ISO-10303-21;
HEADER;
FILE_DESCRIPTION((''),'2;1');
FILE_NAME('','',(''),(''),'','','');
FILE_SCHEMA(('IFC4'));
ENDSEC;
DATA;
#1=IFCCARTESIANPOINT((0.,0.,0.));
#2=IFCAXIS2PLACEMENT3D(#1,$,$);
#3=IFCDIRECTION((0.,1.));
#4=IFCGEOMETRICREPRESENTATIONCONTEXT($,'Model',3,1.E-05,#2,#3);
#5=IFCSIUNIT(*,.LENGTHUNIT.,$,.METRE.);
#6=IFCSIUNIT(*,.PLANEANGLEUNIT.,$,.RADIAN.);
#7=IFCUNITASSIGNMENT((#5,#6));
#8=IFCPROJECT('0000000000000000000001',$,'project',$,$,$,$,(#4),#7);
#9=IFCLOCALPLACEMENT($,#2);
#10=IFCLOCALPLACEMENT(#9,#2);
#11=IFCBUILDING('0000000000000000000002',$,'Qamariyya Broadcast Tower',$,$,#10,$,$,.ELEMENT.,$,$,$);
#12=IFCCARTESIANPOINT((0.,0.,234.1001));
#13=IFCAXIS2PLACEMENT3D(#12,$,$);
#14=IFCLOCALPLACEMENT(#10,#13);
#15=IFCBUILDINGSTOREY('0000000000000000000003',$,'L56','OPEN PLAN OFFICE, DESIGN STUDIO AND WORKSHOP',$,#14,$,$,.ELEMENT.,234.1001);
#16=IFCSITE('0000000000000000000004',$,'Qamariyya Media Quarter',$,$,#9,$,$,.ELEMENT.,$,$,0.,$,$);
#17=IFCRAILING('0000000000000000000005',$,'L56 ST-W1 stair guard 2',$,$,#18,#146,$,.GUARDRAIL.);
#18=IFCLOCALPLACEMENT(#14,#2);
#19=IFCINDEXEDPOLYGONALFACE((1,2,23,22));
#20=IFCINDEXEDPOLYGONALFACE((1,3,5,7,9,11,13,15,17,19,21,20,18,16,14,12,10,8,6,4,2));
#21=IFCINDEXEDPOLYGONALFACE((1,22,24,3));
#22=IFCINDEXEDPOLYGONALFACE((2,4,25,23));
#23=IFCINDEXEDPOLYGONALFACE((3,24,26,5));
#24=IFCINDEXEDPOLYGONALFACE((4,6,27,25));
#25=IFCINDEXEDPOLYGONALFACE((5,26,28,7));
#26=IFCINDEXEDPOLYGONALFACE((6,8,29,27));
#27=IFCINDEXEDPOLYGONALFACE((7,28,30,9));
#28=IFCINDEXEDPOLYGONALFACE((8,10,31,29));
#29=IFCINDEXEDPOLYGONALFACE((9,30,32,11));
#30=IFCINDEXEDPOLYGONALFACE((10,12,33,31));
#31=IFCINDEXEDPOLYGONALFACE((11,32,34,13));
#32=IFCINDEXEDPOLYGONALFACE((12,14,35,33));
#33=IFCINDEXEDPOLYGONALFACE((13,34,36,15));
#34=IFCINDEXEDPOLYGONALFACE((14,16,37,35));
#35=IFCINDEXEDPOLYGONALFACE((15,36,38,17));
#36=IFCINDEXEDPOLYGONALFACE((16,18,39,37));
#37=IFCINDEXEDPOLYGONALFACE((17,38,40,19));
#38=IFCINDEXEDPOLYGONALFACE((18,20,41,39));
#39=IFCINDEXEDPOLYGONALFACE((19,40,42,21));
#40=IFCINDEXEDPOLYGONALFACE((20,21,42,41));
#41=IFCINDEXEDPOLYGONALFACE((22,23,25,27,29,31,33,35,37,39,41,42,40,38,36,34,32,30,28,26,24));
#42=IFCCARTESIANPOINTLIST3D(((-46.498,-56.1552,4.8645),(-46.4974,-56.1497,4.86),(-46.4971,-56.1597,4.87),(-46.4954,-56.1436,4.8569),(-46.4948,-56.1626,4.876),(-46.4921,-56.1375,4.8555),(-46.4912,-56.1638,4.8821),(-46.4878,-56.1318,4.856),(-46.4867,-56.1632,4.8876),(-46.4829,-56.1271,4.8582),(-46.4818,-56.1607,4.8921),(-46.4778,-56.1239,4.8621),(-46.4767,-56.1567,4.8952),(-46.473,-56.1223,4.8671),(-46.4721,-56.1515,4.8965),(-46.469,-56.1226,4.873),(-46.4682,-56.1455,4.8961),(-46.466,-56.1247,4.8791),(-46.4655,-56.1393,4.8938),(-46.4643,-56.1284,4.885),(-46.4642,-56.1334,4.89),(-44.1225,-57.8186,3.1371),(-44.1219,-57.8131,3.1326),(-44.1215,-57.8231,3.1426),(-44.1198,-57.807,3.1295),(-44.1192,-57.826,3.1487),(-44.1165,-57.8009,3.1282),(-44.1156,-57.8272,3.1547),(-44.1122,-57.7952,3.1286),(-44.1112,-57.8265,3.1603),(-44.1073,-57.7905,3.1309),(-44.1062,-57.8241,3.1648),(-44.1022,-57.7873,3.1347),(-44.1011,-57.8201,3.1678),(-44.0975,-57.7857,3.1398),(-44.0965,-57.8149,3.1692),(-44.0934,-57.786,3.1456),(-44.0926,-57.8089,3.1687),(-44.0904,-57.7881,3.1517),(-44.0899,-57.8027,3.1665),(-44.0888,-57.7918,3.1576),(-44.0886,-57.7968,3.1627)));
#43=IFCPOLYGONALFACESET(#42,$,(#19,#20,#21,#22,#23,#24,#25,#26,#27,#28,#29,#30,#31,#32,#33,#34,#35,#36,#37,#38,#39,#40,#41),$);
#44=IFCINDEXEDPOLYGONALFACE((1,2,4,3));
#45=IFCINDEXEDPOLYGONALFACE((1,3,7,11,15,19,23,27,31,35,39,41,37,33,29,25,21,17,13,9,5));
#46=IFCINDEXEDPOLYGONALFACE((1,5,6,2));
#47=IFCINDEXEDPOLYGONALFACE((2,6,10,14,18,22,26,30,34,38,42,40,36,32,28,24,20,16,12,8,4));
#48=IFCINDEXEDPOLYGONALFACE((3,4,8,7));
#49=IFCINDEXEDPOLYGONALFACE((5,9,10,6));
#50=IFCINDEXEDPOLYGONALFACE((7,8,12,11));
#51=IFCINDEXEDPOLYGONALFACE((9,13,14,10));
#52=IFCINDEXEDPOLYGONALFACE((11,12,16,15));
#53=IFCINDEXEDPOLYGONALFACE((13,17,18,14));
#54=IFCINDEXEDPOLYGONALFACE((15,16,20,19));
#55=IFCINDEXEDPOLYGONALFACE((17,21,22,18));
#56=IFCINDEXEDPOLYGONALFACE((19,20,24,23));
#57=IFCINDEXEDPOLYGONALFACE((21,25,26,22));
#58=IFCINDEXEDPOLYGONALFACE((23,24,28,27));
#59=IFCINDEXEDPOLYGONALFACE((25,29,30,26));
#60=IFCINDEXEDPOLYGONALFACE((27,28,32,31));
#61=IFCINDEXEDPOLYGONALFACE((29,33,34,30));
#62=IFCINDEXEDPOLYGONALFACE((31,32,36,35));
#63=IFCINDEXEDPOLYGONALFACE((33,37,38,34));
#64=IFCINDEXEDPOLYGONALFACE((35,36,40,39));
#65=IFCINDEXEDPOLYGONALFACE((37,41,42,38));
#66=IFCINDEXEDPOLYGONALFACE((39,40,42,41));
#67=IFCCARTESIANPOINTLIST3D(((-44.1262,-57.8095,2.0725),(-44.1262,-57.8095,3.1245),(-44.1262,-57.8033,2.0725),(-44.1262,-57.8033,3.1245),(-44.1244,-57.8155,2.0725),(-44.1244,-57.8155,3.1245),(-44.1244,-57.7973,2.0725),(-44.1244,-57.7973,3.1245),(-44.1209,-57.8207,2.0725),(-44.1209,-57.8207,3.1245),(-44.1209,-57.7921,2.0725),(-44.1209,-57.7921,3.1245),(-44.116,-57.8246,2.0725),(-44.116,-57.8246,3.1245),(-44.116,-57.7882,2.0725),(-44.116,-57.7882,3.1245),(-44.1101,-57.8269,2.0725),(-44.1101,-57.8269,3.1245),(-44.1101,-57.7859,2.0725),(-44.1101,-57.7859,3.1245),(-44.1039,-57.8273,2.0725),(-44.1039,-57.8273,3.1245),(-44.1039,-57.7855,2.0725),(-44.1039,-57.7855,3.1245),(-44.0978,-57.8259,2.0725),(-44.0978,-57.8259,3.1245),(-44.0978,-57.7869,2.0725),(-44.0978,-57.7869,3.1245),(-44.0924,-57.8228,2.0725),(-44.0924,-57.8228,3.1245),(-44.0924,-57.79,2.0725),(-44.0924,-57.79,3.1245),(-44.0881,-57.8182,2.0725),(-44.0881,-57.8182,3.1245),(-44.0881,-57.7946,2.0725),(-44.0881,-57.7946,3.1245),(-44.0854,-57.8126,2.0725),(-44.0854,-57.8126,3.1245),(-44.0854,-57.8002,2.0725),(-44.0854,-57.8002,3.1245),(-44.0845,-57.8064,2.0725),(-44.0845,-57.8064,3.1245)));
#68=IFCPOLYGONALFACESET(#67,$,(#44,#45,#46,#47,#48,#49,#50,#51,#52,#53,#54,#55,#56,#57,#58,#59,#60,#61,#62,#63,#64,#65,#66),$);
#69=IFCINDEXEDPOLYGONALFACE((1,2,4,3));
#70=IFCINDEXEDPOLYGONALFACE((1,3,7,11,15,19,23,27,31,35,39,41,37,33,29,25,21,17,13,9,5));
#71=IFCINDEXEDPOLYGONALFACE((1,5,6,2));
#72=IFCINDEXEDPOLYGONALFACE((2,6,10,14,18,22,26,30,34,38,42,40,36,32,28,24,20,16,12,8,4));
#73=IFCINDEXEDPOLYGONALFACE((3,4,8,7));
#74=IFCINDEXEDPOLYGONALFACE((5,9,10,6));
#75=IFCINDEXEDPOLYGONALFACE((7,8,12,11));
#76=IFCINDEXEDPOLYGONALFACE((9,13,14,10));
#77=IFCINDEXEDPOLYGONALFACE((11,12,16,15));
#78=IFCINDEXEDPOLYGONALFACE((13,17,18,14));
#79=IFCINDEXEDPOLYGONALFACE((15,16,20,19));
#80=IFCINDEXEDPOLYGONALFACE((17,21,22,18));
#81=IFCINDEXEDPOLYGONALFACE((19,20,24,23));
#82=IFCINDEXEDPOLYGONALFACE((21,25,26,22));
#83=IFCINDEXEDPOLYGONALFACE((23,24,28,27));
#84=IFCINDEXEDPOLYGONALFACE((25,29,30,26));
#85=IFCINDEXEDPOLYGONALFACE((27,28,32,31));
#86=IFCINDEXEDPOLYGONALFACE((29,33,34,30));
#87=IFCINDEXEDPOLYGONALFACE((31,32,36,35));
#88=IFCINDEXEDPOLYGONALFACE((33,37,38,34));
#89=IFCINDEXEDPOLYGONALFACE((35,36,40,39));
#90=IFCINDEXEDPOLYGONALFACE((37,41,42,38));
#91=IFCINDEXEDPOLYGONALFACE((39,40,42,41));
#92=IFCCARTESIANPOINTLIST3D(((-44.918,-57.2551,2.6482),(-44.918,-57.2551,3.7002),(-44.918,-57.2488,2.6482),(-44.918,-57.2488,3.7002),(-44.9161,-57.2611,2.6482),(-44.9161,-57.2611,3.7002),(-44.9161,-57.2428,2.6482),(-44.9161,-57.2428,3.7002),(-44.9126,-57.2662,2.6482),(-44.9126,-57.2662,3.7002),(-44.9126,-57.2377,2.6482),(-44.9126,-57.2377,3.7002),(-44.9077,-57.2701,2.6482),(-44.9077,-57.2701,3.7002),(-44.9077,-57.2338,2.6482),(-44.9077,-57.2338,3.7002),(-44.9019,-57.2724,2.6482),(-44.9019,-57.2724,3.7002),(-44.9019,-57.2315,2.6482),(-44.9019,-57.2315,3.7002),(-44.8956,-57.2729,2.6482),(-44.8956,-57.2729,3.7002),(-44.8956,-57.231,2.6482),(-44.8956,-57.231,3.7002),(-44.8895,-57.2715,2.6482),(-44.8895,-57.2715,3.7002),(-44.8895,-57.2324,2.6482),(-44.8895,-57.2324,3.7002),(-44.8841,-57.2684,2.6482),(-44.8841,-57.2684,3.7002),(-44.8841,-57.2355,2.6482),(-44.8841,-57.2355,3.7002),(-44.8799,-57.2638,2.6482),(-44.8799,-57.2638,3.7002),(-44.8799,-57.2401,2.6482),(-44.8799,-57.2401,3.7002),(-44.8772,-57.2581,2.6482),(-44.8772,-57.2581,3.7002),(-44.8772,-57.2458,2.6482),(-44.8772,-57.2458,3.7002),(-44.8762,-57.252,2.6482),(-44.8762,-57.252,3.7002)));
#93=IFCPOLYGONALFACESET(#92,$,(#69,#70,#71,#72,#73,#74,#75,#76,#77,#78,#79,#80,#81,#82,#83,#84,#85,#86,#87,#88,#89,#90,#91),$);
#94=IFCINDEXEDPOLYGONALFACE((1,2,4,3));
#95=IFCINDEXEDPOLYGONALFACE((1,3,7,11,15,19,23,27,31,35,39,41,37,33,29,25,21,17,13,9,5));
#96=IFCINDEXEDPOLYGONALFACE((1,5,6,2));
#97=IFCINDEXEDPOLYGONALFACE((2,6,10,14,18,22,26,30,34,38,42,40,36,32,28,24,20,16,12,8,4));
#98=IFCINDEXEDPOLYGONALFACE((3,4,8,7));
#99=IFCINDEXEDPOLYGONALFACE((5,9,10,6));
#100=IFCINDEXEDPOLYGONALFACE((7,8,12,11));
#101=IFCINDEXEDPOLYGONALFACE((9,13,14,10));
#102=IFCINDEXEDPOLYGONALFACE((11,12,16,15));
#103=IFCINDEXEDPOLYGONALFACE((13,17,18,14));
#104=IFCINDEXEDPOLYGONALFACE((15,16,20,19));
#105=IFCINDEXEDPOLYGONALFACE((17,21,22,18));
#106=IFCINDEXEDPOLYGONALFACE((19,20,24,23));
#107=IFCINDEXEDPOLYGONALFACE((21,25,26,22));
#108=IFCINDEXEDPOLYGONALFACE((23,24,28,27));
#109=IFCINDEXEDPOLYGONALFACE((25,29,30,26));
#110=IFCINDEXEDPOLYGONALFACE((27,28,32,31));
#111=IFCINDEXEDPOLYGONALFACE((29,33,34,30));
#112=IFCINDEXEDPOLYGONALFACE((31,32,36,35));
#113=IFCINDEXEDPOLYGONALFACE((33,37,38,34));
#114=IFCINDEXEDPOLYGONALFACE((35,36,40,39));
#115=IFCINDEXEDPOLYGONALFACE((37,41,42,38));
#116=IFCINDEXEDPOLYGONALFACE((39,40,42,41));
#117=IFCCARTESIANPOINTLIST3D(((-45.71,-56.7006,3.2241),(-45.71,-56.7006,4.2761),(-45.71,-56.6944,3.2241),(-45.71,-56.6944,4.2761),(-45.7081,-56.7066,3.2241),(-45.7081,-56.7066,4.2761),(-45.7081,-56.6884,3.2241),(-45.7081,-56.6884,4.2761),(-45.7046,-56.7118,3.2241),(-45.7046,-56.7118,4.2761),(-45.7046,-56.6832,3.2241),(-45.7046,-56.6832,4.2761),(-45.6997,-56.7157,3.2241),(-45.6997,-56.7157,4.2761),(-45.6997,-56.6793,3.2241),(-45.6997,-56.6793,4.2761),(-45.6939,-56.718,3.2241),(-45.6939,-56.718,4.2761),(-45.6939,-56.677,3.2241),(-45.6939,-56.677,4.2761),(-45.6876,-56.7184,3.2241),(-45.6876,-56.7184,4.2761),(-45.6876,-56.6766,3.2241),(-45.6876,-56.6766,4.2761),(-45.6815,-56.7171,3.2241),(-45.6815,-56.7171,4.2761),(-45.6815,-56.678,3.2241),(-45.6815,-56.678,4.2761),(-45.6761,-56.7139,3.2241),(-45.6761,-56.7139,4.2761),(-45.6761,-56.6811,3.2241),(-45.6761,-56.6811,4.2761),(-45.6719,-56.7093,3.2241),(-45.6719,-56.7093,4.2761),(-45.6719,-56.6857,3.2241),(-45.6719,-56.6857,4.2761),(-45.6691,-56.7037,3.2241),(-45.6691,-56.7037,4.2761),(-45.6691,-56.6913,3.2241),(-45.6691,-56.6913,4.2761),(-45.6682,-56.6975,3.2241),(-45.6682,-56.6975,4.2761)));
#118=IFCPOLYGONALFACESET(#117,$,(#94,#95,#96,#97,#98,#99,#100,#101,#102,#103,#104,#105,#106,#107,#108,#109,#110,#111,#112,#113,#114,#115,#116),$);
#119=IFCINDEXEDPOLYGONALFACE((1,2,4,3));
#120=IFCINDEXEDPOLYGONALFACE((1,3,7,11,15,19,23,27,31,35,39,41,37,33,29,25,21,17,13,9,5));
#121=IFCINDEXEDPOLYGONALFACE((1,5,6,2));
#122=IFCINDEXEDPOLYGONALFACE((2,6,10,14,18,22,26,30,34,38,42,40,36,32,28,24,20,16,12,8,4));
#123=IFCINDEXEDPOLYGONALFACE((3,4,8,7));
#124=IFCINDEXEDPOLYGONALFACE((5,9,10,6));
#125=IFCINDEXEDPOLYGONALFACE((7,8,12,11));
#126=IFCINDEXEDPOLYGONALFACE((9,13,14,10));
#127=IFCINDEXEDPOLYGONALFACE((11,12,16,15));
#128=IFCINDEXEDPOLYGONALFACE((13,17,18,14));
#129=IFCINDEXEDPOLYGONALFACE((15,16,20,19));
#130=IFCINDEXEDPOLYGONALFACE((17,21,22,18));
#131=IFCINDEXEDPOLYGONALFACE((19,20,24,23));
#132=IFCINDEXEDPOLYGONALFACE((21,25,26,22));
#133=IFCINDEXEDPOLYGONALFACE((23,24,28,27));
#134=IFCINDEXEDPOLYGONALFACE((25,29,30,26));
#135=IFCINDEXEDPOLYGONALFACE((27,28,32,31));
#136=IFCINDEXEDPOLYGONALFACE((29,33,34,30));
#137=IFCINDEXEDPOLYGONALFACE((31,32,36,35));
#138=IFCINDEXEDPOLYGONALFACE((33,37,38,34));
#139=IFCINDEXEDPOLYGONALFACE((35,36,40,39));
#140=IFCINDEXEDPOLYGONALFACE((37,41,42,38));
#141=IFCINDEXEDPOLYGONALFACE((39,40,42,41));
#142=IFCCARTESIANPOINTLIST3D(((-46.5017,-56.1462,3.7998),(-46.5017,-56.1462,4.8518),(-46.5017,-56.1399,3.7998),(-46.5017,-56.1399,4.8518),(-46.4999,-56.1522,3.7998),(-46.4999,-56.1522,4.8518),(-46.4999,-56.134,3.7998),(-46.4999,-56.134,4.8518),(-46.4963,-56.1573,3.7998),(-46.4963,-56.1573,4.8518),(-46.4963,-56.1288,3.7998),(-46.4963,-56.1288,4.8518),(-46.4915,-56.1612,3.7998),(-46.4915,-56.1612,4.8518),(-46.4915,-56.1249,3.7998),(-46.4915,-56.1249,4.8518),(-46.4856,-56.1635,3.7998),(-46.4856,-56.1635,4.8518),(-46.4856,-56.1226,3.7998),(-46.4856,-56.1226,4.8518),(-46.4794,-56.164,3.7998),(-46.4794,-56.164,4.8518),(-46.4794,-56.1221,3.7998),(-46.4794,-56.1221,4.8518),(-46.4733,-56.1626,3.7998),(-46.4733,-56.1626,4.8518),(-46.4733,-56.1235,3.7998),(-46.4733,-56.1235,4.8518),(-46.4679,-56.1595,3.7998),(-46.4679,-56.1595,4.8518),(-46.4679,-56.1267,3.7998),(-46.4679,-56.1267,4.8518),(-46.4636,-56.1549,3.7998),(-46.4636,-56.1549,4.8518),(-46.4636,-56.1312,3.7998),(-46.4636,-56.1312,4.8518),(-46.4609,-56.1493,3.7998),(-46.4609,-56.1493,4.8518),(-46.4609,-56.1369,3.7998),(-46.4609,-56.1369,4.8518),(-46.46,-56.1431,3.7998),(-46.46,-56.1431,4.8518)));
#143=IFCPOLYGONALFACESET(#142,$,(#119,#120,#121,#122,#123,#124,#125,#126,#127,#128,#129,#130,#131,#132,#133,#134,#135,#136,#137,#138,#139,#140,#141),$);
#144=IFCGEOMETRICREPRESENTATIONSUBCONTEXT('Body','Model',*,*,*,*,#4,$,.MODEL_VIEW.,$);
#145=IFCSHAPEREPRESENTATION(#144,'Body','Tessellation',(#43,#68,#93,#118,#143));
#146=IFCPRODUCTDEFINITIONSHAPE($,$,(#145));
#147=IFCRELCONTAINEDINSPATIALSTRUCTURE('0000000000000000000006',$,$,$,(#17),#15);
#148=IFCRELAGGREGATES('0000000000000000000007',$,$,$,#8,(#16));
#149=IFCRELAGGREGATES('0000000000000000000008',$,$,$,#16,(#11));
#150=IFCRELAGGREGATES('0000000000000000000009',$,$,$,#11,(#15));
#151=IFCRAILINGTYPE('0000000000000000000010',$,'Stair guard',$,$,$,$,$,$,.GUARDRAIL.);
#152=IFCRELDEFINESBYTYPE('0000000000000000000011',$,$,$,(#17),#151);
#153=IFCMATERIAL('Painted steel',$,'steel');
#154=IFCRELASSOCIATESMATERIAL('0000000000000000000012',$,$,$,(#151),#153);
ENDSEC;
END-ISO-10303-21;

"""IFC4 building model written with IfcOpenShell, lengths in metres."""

from ifc_helpers import new_model, si_unit, direction, frame, origin, origin_2d, place, context, subcontext, project, spatial, circle, extrude, material, type_object, element, save


model = new_model("IFC4")

# Units and contexts
model_context = context("Model", 3, precision=1e-05, world=origin(), true_north=direction((0.0, 1.0)))
body_context = subcontext(model_context, "Body", "Model", "MODEL_VIEW")
ifc_project = project(units=[si_unit("LENGTHUNIT", "METRE"), si_unit("PLANEANGLEUNIT", "RADIAN")], contexts=[model_context])

# Site, building, storey
site_placement = place(None, origin())
site = spatial("IfcSite", under=ifc_project, at=site_placement, Name="Qamariyya Media Quarter", CompositionType="ELEMENT", RefElevation=0.0)
building_placement = place(site_placement, origin())
building = spatial("IfcBuilding", under=site, at=building_placement, Name="Qamariyya Broadcast Tower", CompositionType="ELEMENT")
storey_placement = place(building_placement, frame((0.0, 0.0, 234.1001)))
storey = spatial("IfcBuildingStorey", under=building, at=storey_placement, Name="L56", Description="OPEN PLAN OFFICE, DESIGN STUDIO AND WORKSHOP", CompositionType="ELEMENT", Elevation=234.1001)

# Railing
ifc_material_1 = material(Name="Painted steel", Category="steel")
railing_type_1 = type_object("IfcRailingType", Name="Stair guard", PredefinedType="GUARDRAIL", material=ifc_material_1)
railing_1_placement = place(storey_placement, frame((-44.1055, -57.8064, 2.0725)))
element("IfcRailing", 1, at=railing_1_placement, inside=storey, type_object=railing_type_1, Name="L56 ST-W1 stair guard 2", PredefinedType="GUARDRAIL", context=body_context, shape_type="SweptSolid", body=[
    extrude(circle(Radius=0.0239, at=origin_2d()), frame((0.0, 0.0, 1.0762), z_axis=(-0.70377, 0.492784, 0.511734), x_axis=(-0.573575, -0.819153, 0.0)), (0.0, 0.0, 1.0), 3.3755),
    extrude(circle(Radius=0.021, at=origin_2d()), origin(), (0.0, 0.0, 1.0), 1.052),
    extrude(circle(Radius=0.021, at=origin_2d()), frame((-0.7917, 0.5544, 0.5757)), (0.0, 0.0, 1.0), 1.052),
    extrude(circle(Radius=0.021, at=origin_2d()), frame((-1.5837, 1.1089, 1.1516)), (0.0, 0.0, 1.0), 1.052),
    extrude(circle(Radius=0.021, at=origin_2d()), frame((-2.3755, 1.6633, 1.7273)), (0.0, 0.0, 1.0), 1.052),
])

save(model, "model.ifc")
